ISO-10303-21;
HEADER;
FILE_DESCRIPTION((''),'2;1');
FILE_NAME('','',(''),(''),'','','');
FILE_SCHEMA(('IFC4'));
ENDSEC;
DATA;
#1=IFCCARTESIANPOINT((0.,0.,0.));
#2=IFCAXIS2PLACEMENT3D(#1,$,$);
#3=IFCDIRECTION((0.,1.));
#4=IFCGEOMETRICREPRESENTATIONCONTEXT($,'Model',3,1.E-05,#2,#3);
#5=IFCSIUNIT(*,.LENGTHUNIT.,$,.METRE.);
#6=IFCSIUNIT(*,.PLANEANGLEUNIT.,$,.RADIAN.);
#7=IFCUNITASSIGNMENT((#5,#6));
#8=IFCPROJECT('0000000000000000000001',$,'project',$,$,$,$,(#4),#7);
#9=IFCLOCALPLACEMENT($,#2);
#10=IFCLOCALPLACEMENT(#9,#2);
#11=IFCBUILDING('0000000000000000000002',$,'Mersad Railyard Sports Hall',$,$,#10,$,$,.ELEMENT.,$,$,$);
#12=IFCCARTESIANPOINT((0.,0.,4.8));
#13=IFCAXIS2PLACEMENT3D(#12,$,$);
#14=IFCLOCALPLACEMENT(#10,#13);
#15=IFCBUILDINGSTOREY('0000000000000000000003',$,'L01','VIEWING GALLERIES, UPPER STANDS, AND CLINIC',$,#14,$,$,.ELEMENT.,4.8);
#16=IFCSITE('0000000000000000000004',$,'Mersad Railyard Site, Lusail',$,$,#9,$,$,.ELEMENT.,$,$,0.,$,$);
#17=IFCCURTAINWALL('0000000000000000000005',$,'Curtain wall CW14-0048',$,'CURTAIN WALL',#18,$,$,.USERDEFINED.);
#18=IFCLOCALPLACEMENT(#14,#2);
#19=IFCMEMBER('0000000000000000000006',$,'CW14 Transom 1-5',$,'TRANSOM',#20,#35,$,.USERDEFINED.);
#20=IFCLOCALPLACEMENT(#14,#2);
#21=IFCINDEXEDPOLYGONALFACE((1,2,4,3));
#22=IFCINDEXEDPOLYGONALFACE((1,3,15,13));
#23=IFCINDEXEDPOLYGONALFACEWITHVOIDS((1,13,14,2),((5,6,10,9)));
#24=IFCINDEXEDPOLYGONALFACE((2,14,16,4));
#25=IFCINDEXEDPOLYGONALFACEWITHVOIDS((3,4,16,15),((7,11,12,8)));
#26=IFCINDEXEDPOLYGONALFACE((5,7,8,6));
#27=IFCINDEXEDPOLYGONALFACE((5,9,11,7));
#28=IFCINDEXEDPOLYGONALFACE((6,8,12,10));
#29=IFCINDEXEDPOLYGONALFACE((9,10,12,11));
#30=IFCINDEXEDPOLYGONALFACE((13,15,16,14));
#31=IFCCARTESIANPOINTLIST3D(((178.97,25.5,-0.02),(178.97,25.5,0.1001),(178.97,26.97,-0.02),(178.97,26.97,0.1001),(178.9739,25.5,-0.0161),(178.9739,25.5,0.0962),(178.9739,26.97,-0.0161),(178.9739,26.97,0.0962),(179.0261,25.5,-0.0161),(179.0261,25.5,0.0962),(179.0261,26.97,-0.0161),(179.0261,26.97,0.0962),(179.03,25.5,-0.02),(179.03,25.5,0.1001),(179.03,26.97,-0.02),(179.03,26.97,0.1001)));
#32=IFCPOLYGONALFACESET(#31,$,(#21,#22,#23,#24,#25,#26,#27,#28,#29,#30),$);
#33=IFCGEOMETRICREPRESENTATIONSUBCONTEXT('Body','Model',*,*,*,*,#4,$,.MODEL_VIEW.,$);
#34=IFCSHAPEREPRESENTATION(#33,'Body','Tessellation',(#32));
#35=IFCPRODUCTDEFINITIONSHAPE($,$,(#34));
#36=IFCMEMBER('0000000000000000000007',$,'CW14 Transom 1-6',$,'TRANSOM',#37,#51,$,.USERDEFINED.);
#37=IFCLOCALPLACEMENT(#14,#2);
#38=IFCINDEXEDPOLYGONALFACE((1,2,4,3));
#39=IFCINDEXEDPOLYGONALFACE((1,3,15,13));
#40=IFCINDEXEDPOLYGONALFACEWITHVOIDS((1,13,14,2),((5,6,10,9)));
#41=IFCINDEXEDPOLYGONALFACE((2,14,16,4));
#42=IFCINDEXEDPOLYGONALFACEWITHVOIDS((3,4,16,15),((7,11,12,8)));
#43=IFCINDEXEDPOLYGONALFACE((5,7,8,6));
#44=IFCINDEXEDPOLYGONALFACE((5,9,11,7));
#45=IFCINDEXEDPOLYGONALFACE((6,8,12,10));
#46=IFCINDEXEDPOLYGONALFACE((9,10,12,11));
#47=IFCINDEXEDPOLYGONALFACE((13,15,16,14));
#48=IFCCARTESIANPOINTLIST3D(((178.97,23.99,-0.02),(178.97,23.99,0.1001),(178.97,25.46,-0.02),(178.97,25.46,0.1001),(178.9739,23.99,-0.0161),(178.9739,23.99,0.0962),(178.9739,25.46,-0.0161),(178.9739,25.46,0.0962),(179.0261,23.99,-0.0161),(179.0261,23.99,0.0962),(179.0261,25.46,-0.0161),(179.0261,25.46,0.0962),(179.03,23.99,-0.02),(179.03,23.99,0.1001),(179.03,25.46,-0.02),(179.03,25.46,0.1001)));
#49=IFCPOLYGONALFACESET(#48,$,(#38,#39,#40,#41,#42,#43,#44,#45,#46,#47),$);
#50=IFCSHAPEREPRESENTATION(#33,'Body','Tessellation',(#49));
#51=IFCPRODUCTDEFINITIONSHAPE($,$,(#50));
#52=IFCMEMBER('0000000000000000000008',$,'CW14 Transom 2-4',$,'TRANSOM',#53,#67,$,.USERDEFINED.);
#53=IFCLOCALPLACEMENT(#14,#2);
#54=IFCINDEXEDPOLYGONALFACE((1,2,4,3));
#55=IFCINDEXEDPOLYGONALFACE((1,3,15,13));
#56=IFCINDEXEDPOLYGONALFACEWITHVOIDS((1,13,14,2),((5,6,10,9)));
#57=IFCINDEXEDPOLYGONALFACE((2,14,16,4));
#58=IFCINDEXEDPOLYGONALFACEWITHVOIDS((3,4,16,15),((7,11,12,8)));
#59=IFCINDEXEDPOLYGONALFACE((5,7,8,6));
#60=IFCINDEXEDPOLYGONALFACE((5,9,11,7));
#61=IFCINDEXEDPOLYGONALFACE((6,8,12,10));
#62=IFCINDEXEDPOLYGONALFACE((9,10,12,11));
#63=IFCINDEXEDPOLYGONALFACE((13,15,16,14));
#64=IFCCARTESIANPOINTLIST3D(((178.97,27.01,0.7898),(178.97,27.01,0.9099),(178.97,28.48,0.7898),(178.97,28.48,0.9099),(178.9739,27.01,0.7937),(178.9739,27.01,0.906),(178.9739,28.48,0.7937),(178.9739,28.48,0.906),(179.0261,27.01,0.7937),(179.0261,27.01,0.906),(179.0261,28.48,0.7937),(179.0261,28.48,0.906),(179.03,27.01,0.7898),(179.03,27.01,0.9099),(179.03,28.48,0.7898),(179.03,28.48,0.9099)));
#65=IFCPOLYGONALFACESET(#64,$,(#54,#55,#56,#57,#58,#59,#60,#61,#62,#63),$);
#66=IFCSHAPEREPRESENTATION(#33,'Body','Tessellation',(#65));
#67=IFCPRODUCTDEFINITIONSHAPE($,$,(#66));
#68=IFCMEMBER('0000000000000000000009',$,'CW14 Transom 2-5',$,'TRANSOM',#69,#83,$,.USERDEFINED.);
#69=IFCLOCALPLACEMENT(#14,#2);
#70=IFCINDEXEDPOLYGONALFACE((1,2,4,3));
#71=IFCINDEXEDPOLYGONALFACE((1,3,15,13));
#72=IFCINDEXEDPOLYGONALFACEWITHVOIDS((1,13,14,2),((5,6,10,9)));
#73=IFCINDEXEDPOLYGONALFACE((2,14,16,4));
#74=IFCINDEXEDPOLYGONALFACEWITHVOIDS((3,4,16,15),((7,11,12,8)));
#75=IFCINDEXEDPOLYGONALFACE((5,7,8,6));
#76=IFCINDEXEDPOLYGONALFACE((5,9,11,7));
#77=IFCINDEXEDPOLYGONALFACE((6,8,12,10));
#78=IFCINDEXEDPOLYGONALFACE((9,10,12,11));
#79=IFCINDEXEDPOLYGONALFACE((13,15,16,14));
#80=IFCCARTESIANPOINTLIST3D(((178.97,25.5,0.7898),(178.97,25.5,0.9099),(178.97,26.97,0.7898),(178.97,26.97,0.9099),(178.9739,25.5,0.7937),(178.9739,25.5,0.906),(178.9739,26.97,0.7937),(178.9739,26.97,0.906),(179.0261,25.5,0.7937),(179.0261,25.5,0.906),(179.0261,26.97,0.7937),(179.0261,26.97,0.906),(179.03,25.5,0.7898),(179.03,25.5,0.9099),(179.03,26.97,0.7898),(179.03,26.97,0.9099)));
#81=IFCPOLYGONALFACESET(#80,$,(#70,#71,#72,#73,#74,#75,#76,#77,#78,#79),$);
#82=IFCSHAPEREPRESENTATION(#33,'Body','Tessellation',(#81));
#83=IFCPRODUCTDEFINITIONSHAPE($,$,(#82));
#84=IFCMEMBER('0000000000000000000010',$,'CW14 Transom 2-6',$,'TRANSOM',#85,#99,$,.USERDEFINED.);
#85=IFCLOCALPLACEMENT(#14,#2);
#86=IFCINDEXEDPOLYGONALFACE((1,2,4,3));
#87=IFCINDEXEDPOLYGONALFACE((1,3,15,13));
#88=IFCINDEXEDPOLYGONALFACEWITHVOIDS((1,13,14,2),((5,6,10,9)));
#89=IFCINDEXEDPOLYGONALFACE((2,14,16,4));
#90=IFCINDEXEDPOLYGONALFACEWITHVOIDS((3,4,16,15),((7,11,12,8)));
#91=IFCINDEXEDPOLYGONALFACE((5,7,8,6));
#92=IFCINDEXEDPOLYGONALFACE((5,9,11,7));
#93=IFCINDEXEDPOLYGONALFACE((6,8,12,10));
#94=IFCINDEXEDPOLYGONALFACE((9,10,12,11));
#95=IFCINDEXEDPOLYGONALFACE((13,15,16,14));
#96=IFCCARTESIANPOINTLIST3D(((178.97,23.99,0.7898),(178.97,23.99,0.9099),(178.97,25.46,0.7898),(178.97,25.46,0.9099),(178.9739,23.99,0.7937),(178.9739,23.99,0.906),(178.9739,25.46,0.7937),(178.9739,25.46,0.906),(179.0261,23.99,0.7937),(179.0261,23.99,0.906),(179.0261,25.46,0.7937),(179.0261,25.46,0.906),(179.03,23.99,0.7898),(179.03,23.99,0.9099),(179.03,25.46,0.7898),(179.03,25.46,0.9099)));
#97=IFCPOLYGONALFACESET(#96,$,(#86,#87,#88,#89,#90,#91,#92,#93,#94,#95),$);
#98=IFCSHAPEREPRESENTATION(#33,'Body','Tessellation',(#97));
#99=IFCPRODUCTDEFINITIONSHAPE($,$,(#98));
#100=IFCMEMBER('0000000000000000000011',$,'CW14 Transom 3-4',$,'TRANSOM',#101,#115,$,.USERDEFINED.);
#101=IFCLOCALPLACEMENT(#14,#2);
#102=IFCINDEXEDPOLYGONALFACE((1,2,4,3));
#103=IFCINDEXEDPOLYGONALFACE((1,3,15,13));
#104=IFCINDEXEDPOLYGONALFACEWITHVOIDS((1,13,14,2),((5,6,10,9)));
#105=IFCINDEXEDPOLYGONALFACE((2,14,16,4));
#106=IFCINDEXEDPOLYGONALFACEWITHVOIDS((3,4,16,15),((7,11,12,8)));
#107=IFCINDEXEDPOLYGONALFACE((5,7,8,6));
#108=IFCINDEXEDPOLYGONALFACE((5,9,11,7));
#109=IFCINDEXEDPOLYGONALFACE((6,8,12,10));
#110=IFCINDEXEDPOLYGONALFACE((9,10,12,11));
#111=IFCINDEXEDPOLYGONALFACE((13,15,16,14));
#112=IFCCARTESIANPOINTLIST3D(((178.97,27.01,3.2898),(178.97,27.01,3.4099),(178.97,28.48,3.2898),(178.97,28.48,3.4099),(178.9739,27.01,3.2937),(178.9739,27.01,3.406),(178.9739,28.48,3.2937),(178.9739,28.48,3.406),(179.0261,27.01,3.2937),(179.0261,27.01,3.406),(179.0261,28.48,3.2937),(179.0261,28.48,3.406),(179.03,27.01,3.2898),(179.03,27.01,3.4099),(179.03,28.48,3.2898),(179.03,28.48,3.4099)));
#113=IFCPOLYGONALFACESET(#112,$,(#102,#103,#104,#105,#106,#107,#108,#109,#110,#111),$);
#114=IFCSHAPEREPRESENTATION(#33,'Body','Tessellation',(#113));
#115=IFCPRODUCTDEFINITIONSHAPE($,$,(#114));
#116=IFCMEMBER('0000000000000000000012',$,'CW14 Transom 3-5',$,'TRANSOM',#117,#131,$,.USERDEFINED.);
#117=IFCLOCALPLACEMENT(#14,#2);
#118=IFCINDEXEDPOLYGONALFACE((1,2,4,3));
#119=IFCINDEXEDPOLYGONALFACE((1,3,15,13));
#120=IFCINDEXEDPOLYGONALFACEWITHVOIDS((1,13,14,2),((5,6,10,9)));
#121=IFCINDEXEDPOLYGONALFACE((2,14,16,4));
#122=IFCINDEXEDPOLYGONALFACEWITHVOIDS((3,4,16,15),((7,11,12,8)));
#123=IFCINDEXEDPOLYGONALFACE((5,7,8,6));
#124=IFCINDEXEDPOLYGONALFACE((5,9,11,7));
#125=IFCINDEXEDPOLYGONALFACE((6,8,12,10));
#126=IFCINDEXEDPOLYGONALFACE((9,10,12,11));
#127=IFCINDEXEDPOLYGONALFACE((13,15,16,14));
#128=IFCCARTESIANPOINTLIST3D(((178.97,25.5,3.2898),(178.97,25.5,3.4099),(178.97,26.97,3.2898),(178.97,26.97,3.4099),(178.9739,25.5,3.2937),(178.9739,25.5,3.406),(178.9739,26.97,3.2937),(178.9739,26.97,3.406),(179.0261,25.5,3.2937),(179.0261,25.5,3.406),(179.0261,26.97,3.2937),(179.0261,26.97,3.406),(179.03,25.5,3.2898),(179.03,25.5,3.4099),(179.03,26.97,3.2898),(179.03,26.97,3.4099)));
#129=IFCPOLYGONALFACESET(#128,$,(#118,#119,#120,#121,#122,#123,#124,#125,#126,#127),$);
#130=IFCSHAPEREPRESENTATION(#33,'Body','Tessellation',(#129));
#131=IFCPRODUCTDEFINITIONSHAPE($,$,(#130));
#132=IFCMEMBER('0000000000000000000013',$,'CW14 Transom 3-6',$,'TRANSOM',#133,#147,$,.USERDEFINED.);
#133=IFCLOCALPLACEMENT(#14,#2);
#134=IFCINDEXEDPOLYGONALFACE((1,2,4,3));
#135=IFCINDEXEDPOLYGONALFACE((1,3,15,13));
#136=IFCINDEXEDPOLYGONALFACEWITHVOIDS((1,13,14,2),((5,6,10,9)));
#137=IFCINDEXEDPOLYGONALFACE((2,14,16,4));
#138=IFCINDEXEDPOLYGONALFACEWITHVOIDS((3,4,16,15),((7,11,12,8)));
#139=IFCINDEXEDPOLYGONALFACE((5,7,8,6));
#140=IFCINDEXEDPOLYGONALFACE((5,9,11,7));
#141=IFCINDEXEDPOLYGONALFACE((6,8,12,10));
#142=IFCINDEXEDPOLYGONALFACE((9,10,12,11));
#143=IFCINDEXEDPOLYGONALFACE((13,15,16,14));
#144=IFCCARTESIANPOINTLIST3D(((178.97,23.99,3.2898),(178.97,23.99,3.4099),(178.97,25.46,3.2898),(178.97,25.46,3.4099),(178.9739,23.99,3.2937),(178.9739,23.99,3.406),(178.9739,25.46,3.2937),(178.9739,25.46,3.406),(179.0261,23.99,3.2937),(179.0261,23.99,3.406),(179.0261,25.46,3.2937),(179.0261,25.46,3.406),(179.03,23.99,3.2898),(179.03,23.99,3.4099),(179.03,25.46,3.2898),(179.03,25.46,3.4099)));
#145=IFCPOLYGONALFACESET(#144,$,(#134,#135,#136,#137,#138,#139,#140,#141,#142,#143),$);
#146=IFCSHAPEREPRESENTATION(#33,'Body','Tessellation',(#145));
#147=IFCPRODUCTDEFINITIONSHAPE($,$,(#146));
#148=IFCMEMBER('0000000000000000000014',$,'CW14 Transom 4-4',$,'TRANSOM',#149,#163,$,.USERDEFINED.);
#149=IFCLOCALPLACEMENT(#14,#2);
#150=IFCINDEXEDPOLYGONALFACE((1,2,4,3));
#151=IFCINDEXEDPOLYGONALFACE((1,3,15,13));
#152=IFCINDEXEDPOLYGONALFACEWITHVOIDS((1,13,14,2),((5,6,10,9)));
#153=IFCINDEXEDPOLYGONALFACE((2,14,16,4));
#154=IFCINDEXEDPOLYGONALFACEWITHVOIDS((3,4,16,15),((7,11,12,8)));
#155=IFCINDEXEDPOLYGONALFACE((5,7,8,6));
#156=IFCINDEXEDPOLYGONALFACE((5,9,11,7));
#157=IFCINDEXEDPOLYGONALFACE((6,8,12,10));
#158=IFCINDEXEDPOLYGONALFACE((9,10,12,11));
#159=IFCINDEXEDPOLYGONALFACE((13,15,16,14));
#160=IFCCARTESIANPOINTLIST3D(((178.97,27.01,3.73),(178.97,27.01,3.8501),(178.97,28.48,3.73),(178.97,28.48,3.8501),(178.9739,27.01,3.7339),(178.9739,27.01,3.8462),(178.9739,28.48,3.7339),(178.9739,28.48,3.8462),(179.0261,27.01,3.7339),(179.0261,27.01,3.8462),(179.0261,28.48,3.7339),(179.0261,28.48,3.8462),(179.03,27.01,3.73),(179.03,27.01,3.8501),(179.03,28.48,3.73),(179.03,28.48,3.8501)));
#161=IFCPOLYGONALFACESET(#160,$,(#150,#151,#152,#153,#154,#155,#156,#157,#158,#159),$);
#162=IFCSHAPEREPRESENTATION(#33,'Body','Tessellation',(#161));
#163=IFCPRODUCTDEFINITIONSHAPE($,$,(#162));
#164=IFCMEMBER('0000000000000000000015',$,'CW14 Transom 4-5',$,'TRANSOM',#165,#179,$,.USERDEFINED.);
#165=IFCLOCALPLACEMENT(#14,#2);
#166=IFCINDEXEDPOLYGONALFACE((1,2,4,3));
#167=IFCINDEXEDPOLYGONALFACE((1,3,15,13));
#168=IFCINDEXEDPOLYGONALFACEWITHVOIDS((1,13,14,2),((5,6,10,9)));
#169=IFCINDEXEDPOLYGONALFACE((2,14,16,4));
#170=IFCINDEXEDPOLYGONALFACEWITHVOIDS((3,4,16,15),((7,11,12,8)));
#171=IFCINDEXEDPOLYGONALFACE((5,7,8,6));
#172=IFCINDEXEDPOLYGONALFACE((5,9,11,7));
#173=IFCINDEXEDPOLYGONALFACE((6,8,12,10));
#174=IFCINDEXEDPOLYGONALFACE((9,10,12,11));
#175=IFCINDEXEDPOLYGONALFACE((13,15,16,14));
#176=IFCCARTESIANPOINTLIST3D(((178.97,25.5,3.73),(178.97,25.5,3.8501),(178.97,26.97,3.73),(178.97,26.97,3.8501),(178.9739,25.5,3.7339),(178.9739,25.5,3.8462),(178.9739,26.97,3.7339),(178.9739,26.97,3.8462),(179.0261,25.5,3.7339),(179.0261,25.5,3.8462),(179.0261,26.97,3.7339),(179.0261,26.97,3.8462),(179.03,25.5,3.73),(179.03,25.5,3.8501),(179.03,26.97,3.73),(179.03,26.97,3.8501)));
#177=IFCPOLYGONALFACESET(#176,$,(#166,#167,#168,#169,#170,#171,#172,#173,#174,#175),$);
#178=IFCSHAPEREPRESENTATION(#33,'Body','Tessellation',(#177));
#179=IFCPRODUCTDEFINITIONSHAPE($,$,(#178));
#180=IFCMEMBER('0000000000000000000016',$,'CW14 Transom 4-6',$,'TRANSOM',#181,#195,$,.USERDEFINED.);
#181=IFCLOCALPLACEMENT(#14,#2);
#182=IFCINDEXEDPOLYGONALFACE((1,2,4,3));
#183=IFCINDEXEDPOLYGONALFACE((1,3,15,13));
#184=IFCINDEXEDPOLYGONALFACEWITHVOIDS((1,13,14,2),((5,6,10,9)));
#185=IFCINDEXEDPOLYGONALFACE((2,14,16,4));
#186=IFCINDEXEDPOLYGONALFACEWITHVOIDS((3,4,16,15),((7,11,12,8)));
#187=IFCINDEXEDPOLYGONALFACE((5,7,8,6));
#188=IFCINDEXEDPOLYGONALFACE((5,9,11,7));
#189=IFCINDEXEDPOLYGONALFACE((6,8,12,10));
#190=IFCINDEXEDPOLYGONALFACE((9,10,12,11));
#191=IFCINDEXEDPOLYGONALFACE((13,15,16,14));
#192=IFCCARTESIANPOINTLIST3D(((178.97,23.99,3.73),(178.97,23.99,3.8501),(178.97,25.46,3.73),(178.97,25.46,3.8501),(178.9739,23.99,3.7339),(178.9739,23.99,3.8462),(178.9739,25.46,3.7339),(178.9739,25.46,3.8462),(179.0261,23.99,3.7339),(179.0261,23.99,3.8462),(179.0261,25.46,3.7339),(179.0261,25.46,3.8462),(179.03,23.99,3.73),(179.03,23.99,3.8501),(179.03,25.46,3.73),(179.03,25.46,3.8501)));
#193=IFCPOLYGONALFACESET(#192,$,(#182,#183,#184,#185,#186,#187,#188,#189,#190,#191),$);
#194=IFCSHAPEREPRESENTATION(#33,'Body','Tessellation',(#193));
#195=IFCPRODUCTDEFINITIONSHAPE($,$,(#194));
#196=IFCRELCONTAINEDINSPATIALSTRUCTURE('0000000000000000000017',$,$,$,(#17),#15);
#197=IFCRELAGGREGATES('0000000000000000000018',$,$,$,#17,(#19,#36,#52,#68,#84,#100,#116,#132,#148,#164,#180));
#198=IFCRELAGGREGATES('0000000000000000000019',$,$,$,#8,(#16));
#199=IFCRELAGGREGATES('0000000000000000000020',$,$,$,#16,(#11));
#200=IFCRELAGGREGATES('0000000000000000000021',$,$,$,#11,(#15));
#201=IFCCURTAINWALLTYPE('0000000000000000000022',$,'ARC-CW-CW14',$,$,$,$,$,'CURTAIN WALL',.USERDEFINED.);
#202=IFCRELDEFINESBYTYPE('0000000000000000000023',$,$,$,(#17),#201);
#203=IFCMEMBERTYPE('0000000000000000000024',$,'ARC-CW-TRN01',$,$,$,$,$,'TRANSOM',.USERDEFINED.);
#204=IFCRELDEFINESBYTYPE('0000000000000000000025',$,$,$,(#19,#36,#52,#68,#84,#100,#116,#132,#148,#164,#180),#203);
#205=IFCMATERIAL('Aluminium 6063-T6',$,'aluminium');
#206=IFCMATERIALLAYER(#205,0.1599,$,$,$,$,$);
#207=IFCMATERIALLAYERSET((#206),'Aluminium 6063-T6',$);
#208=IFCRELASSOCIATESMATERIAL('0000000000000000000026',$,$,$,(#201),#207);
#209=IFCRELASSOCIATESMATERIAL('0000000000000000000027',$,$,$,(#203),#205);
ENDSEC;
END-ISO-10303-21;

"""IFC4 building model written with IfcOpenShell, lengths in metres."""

from ifc_helpers import new_model, si_unit, direction, frame, origin, origin_2d, place, context, subcontext, project, spatial, hollow_rectangle, extrude, material, layer, layer_set, material_profile, profile_set, type_object, element, aggregate, save


model = new_model("IFC4")

# Units and contexts
model_context = context("Model", 3, precision=1e-05, world=origin(), true_north=direction((0.0, 1.0)))
body_context = subcontext(model_context, "Body", "Model", "MODEL_VIEW")
ifc_project = project(units=[si_unit("LENGTHUNIT", "METRE"), si_unit("PLANEANGLEUNIT", "RADIAN")], contexts=[model_context])

# Site, building, storey
site_placement = place(None, origin())
site = spatial("IfcSite", under=ifc_project, at=site_placement, Name="Mersad Railyard Site, Lusail", CompositionType="ELEMENT", RefElevation=0.0)
building_placement = place(site_placement, origin())
building = spatial("IfcBuilding", under=site, at=building_placement, Name="Mersad Railyard Sports Hall", CompositionType="ELEMENT")
storey_placement = place(building_placement, frame((0.0, 0.0, 4.8)))
storey = spatial("IfcBuildingStorey", under=building, at=storey_placement, Name="L01", Description="VIEWING GALLERIES, UPPER STANDS, AND CLINIC", CompositionType="ELEMENT", Elevation=4.8)

# Shared definitions
ifc_material_1 = material(Name="Aluminium 6063-T6", Category="aluminium")
ifc_layer_1 = layer(ifc_material_1, 0.1599)
ifc_layer_set_1 = layer_set([ifc_layer_1], Name="Aluminium 6063-T6")
curtain_wall_type = type_object("IfcCurtainWallType", Name="ARC-CW-CW14", ElementType="CURTAIN WALL", PredefinedType="USERDEFINED", material=ifc_layer_set_1)

# Curtain wall
curtain_wall_1_placement = place(storey_placement, origin())
curtain_wall_1 = element("IfcCurtainWall", 1, at=curtain_wall_1_placement, inside=storey, type_object=curtain_wall_type, Name="Curtain wall CW14-0048", ObjectType="CURTAIN WALL", PredefinedType="USERDEFINED")

# Members
ifc_material_profile_1 = material_profile(ifc_material_1, hollow_rectangle(XDim=0.0601, YDim=0.1201, WallThickness=0.0039, at=origin_2d()), Name="AL TRANSOM 60x120x4")
ifc_profile_set_1 = profile_set([ifc_material_profile_1], Name="Aluminium 6063-T6")
member_type_1 = type_object("IfcMemberType", Name="ARC-CW-TRN01", ElementType="TRANSOM", PredefinedType="USERDEFINED", material=ifc_profile_set_1)
member_1_placement = place(storey_placement, frame((179.0, 26.97, 0.04), z_axis=(0.0, -1.0, 0.0), x_axis=(1.0, 0.0, 0.0)))
member_1 = element("IfcMember", 2, at=member_1_placement, type_object=member_type_1, Name="CW14 Transom 1-5", ObjectType="TRANSOM", PredefinedType="USERDEFINED", context=body_context, shape_type="SweptSolid", body=[
    extrude(hollow_rectangle(XDim=0.0601, YDim=0.1201, WallThickness=0.0039, at=origin_2d()), origin(), (0.0, 0.0, 1.0), 1.47),
])
member_2_placement = place(storey_placement, frame((179.0, 25.46, 0.04), z_axis=(0.0, -1.0, 0.0), x_axis=(1.0, 0.0, 0.0)))
member_2 = element("IfcMember", 3, at=member_2_placement, type_object=member_type_1, Name="CW14 Transom 1-6", ObjectType="TRANSOM", PredefinedType="USERDEFINED", context=body_context, shape_type="SweptSolid", body=[
    extrude(hollow_rectangle(XDim=0.0601, YDim=0.1201, WallThickness=0.0039, at=origin_2d()), origin(), (0.0, 0.0, 1.0), 1.47),
])
member_3_placement = place(storey_placement, frame((179.0, 28.48, 0.8499), z_axis=(0.0, -1.0, 0.0), x_axis=(1.0, 0.0, 0.0)))
member_3 = element("IfcMember", 4, at=member_3_placement, type_object=member_type_1, Name="CW14 Transom 2-4", ObjectType="TRANSOM", PredefinedType="USERDEFINED", context=body_context, shape_type="SweptSolid", body=[
    extrude(hollow_rectangle(XDim=0.0601, YDim=0.1201, WallThickness=0.0039, at=origin_2d()), origin(), (0.0, 0.0, 1.0), 1.47),
])
member_4_placement = place(storey_placement, frame((179.0, 26.97, 0.8499), z_axis=(0.0, -1.0, 0.0), x_axis=(1.0, 0.0, 0.0)))
member_4 = element("IfcMember", 5, at=member_4_placement, type_object=member_type_1, Name="CW14 Transom 2-5", ObjectType="TRANSOM", PredefinedType="USERDEFINED", context=body_context, shape_type="SweptSolid", body=[
    extrude(hollow_rectangle(XDim=0.0601, YDim=0.1201, WallThickness=0.0039, at=origin_2d()), origin(), (0.0, 0.0, 1.0), 1.47),
])
member_5_placement = place(storey_placement, frame((179.0, 25.46, 0.8499), z_axis=(0.0, -1.0, 0.0), x_axis=(1.0, 0.0, 0.0)))
member_5 = element("IfcMember", 6, at=member_5_placement, type_object=member_type_1, Name="CW14 Transom 2-6", ObjectType="TRANSOM", PredefinedType="USERDEFINED", context=body_context, shape_type="SweptSolid", body=[
    extrude(hollow_rectangle(XDim=0.0601, YDim=0.1201, WallThickness=0.0039, at=origin_2d()), origin(), (0.0, 0.0, 1.0), 1.47),
])
member_6_placement = place(storey_placement, frame((179.0, 28.48, 3.3499), z_axis=(0.0, -1.0, 0.0), x_axis=(1.0, 0.0, 0.0)))
member_6 = element("IfcMember", 7, at=member_6_placement, type_object=member_type_1, Name="CW14 Transom 3-4", ObjectType="TRANSOM", PredefinedType="USERDEFINED", context=body_context, shape_type="SweptSolid", body=[
    extrude(hollow_rectangle(XDim=0.0601, YDim=0.1201, WallThickness=0.0039, at=origin_2d()), origin(), (0.0, 0.0, 1.0), 1.47),
])
member_7_placement = place(storey_placement, frame((179.0, 26.97, 3.3499), z_axis=(0.0, -1.0, 0.0), x_axis=(1.0, 0.0, 0.0)))
member_7 = element("IfcMember", 8, at=member_7_placement, type_object=member_type_1, Name="CW14 Transom 3-5", ObjectType="TRANSOM", PredefinedType="USERDEFINED", context=body_context, shape_type="SweptSolid", body=[
    extrude(hollow_rectangle(XDim=0.0601, YDim=0.1201, WallThickness=0.0039, at=origin_2d()), origin(), (0.0, 0.0, 1.0), 1.47),
])
member_8_placement = place(storey_placement, frame((179.0, 25.46, 3.3499), z_axis=(0.0, -1.0, 0.0), x_axis=(1.0, 0.0, 0.0)))
member_8 = element("IfcMember", 9, at=member_8_placement, type_object=member_type_1, Name="CW14 Transom 3-6", ObjectType="TRANSOM", PredefinedType="USERDEFINED", context=body_context, shape_type="SweptSolid", body=[
    extrude(hollow_rectangle(XDim=0.0601, YDim=0.1201, WallThickness=0.0039, at=origin_2d()), origin(), (0.0, 0.0, 1.0), 1.47),
])
member_9_placement = place(storey_placement, frame((179.0, 28.48, 3.79), z_axis=(0.0, -1.0, 0.0), x_axis=(1.0, 0.0, 0.0)))
member_9 = element("IfcMember", 10, at=member_9_placement, type_object=member_type_1, Name="CW14 Transom 4-4", ObjectType="TRANSOM", PredefinedType="USERDEFINED", context=body_context, shape_type="SweptSolid", body=[
    extrude(hollow_rectangle(XDim=0.0601, YDim=0.1201, WallThickness=0.0039, at=origin_2d()), origin(), (0.0, 0.0, 1.0), 1.47),
])
member_10_placement = place(storey_placement, frame((179.0, 26.97, 3.79), z_axis=(0.0, -1.0, 0.0), x_axis=(1.0, 0.0, 0.0)))
member_10 = element("IfcMember", 11, at=member_10_placement, type_object=member_type_1, Name="CW14 Transom 4-5", ObjectType="TRANSOM", PredefinedType="USERDEFINED", context=body_context, shape_type="SweptSolid", body=[
    extrude(hollow_rectangle(XDim=0.0601, YDim=0.1201, WallThickness=0.0039, at=origin_2d()), origin(), (0.0, 0.0, 1.0), 1.47),
])
member_11_placement = place(storey_placement, frame((179.0, 25.46, 3.79), z_axis=(0.0, -1.0, 0.0), x_axis=(1.0, 0.0, 0.0)))
member_11 = element("IfcMember", 12, at=member_11_placement, type_object=member_type_1, Name="CW14 Transom 4-6", ObjectType="TRANSOM", PredefinedType="USERDEFINED", context=body_context, shape_type="SweptSolid", body=[
    extrude(hollow_rectangle(XDim=0.0601, YDim=0.1201, WallThickness=0.0039, at=origin_2d()), origin(), (0.0, 0.0, 1.0), 1.47),
])

aggregate(curtain_wall_1, [member_1, member_2, member_3, member_4, member_5, member_6, member_7, member_8, member_9, member_10, member_11])

save(model, "model.ifc")
